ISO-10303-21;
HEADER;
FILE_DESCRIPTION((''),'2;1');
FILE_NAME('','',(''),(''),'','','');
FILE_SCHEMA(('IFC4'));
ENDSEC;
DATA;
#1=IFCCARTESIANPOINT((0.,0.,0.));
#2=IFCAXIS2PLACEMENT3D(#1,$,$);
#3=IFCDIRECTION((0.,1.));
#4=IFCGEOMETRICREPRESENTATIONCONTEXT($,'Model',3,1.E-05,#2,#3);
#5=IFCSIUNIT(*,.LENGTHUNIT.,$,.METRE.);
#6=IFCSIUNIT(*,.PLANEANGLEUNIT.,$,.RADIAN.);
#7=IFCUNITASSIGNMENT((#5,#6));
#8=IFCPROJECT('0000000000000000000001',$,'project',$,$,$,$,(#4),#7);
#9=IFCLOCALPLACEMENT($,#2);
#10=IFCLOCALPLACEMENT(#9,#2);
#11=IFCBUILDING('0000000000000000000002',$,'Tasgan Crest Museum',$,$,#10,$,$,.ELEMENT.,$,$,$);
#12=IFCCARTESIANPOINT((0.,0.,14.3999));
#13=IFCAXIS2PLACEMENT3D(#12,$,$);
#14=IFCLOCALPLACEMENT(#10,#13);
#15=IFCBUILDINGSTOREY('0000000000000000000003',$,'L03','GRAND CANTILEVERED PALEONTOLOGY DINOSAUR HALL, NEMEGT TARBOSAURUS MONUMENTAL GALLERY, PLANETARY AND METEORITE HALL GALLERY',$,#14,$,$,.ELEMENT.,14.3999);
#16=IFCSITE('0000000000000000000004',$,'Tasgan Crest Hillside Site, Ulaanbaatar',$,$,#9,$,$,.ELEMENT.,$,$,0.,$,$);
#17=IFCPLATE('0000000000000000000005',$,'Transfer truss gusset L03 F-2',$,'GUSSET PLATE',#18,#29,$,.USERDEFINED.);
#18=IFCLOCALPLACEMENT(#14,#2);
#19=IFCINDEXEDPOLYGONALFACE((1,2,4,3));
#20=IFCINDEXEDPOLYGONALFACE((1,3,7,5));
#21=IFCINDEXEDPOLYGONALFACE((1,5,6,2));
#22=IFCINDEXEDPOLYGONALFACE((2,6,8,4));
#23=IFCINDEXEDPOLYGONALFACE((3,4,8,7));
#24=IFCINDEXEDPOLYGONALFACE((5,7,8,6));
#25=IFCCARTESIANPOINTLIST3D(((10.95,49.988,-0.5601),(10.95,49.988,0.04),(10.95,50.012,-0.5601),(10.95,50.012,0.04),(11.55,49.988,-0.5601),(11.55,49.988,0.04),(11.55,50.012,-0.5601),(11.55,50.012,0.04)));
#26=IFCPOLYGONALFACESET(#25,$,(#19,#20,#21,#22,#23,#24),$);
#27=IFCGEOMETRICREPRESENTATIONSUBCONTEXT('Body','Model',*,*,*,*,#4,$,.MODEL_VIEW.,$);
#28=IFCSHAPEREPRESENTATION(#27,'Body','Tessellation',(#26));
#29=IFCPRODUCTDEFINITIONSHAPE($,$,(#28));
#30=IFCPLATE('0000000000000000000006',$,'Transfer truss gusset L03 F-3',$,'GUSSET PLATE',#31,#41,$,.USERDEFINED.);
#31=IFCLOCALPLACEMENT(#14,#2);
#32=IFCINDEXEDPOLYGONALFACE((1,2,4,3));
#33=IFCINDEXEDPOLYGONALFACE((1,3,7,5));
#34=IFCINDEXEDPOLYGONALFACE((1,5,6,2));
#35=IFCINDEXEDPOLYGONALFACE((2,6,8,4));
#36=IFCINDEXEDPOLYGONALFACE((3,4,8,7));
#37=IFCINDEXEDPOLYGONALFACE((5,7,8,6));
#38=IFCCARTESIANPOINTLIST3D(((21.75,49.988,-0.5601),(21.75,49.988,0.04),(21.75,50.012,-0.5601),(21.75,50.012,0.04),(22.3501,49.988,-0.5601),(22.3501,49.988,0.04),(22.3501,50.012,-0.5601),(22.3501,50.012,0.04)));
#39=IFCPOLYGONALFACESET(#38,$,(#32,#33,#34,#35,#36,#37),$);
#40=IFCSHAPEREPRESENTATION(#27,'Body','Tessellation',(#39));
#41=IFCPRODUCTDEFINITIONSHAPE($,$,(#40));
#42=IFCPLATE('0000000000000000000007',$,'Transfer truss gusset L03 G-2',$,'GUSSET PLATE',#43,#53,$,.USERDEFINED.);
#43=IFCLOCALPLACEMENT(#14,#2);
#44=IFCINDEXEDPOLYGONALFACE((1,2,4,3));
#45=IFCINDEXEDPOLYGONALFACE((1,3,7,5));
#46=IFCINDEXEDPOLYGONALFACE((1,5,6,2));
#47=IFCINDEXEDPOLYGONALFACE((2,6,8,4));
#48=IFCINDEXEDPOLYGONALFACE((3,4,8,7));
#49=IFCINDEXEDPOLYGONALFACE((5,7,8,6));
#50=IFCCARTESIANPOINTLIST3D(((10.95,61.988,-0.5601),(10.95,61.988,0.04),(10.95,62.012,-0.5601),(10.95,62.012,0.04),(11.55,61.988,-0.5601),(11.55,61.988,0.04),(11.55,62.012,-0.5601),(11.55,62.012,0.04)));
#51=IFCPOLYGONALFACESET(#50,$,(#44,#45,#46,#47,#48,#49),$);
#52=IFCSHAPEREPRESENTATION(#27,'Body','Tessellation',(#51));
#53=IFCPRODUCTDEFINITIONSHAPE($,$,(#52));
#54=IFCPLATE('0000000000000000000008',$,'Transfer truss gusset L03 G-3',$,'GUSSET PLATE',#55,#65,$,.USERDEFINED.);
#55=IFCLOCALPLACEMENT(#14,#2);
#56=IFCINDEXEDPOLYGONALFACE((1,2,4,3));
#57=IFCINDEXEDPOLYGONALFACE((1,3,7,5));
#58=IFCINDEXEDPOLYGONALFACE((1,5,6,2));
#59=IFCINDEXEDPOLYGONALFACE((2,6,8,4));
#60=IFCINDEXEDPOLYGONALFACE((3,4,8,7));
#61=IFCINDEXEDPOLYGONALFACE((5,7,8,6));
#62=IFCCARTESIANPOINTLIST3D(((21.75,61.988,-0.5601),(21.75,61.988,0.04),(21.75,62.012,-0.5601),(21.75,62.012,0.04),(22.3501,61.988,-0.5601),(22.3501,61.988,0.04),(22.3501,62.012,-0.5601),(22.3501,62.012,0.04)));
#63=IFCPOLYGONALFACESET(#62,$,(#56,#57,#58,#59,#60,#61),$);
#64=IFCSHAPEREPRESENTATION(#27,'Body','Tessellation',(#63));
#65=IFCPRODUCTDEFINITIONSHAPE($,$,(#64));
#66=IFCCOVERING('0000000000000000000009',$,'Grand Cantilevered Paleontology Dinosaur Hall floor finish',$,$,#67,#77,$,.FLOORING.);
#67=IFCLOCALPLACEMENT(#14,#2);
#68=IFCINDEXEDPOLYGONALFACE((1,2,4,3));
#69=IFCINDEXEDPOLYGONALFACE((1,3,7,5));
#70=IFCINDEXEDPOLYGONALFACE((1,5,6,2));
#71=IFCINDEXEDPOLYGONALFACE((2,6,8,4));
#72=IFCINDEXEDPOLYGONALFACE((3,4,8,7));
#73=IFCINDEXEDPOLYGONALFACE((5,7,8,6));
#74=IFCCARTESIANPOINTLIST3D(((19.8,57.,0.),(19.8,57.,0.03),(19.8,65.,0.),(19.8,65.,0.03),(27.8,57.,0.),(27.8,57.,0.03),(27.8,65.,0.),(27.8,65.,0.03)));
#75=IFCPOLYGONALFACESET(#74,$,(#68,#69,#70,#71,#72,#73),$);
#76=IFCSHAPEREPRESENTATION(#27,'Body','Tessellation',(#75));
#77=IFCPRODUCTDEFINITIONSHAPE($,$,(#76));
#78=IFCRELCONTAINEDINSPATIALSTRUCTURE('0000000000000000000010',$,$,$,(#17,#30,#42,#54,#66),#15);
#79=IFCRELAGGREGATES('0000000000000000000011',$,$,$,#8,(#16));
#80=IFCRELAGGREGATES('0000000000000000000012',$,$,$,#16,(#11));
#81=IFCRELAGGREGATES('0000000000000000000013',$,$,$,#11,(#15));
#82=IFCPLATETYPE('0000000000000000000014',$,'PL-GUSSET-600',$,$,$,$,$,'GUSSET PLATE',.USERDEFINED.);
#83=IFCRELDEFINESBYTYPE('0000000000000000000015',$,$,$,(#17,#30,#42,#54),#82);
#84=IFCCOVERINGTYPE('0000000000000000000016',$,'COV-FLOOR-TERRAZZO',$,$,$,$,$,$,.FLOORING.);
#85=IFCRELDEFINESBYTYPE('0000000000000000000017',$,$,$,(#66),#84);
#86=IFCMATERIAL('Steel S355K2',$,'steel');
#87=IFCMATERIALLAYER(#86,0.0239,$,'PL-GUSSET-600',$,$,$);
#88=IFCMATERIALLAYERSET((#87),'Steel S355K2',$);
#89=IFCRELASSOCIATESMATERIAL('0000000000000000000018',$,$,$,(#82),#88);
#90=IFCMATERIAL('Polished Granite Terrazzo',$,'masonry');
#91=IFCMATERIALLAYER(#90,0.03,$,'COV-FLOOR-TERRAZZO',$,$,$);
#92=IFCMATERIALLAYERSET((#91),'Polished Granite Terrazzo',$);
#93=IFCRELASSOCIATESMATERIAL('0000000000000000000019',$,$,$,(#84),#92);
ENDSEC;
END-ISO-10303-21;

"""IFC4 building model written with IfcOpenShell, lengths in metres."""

from ifc_helpers import new_model, si_unit, direction, frame, origin, origin_2d, place, context, subcontext, project, spatial, rectangle, extrude, material, layer, layer_set, type_object, element, save


model = new_model("IFC4")

# Units and contexts
model_context = context("Model", 3, precision=1e-05, world=origin(), true_north=direction((0.0, 1.0)))
body_context = subcontext(model_context, "Body", "Model", "MODEL_VIEW")
ifc_project = project(units=[si_unit("LENGTHUNIT", "METRE"), si_unit("PLANEANGLEUNIT", "RADIAN")], contexts=[model_context])

# Site, building, storey
site_placement = place(None, origin())
site = spatial("IfcSite", under=ifc_project, at=site_placement, Name="Tasgan Crest Hillside Site, Ulaanbaatar", CompositionType="ELEMENT", RefElevation=0.0)
building_placement = place(site_placement, origin())
building = spatial("IfcBuilding", under=site, at=building_placement, Name="Tasgan Crest Museum", CompositionType="ELEMENT")
storey_placement = place(building_placement, frame((0.0, 0.0, 14.3999)))
storey = spatial("IfcBuildingStorey", under=building, at=storey_placement, Name="L03", Description="GRAND CANTILEVERED PALEONTOLOGY DINOSAUR HALL, NEMEGT TARBOSAURUS MONUMENTAL GALLERY, PLANETARY AND METEORITE HALL GALLERY", CompositionType="ELEMENT", Elevation=14.3999)

# Plates
ifc_material_1 = material(Name="Steel S355K2", Category="steel")
ifc_layer_1 = layer(ifc_material_1, 0.0239, Name="PL-GUSSET-600")
ifc_layer_set_1 = layer_set([ifc_layer_1], Name="Steel S355K2")
plate_type = type_object("IfcPlateType", Name="PL-GUSSET-600", ElementType="GUSSET PLATE", PredefinedType="USERDEFINED", material=ifc_layer_set_1)
for number, where, z_axis, x_axis, name in (
    (1, (11.25, 50.0, -0.5601), (0.0, 0.0, 1.0), (1.0, 0.0, 0.0), "Transfer truss gusset L03 F-2"),
    (2, (22.05, 50.0, -0.5601), (0.0, 0.0, 1.0), (1.0, 0.0, 0.0), "Transfer truss gusset L03 F-3"),
    (3, (11.25, 62.0, -0.5601), (0.0, 0.0, 1.0), (1.0, 0.0, 0.0), "Transfer truss gusset L03 G-2"),
    (4, (22.05, 62.0, -0.5601), (0.0, 0.0, 1.0), (1.0, 0.0, 0.0), "Transfer truss gusset L03 G-3"),
):
    element("IfcPlate", number, at=place(storey_placement, frame(where, z_axis=z_axis, x_axis=x_axis)), inside=storey, type_object=plate_type, Name=name, ObjectType="GUSSET PLATE", PredefinedType="USERDEFINED", context=body_context, shape_type="SweptSolid", body=[
        extrude(rectangle(XDim=0.6001, YDim=0.0239, at=origin_2d()), origin(), (0.0, 0.0, 1.0), 0.6001),
    ])

# Covering
ifc_material_2 = material(Name="Polished Granite Terrazzo", Category="masonry")
ifc_layer_2 = layer(ifc_material_2, 0.03, Name="COV-FLOOR-TERRAZZO")
ifc_layer_set_2 = layer_set([ifc_layer_2], Name="Polished Granite Terrazzo")
covering_type = type_object("IfcCoveringType", Name="COV-FLOOR-TERRAZZO", PredefinedType="FLOORING", material=ifc_layer_set_2)
covering_placement = place(storey_placement, frame((23.8, 61.0, 0.0), z_axis=(0.0, 0.0, 1.0), x_axis=(1.0, 0.0, 0.0)))
element("IfcCovering", 5, at=covering_placement, inside=storey, type_object=covering_type, Name="Grand Cantilevered Paleontology Dinosaur Hall floor finish", PredefinedType="FLOORING", context=body_context, shape_type="SweptSolid", body=[
    extrude(rectangle(XDim=8.0, YDim=8.0, at=origin_2d()), origin(), (0.0, 0.0, 1.0), 0.03),
])

save(model, "model.ifc")
